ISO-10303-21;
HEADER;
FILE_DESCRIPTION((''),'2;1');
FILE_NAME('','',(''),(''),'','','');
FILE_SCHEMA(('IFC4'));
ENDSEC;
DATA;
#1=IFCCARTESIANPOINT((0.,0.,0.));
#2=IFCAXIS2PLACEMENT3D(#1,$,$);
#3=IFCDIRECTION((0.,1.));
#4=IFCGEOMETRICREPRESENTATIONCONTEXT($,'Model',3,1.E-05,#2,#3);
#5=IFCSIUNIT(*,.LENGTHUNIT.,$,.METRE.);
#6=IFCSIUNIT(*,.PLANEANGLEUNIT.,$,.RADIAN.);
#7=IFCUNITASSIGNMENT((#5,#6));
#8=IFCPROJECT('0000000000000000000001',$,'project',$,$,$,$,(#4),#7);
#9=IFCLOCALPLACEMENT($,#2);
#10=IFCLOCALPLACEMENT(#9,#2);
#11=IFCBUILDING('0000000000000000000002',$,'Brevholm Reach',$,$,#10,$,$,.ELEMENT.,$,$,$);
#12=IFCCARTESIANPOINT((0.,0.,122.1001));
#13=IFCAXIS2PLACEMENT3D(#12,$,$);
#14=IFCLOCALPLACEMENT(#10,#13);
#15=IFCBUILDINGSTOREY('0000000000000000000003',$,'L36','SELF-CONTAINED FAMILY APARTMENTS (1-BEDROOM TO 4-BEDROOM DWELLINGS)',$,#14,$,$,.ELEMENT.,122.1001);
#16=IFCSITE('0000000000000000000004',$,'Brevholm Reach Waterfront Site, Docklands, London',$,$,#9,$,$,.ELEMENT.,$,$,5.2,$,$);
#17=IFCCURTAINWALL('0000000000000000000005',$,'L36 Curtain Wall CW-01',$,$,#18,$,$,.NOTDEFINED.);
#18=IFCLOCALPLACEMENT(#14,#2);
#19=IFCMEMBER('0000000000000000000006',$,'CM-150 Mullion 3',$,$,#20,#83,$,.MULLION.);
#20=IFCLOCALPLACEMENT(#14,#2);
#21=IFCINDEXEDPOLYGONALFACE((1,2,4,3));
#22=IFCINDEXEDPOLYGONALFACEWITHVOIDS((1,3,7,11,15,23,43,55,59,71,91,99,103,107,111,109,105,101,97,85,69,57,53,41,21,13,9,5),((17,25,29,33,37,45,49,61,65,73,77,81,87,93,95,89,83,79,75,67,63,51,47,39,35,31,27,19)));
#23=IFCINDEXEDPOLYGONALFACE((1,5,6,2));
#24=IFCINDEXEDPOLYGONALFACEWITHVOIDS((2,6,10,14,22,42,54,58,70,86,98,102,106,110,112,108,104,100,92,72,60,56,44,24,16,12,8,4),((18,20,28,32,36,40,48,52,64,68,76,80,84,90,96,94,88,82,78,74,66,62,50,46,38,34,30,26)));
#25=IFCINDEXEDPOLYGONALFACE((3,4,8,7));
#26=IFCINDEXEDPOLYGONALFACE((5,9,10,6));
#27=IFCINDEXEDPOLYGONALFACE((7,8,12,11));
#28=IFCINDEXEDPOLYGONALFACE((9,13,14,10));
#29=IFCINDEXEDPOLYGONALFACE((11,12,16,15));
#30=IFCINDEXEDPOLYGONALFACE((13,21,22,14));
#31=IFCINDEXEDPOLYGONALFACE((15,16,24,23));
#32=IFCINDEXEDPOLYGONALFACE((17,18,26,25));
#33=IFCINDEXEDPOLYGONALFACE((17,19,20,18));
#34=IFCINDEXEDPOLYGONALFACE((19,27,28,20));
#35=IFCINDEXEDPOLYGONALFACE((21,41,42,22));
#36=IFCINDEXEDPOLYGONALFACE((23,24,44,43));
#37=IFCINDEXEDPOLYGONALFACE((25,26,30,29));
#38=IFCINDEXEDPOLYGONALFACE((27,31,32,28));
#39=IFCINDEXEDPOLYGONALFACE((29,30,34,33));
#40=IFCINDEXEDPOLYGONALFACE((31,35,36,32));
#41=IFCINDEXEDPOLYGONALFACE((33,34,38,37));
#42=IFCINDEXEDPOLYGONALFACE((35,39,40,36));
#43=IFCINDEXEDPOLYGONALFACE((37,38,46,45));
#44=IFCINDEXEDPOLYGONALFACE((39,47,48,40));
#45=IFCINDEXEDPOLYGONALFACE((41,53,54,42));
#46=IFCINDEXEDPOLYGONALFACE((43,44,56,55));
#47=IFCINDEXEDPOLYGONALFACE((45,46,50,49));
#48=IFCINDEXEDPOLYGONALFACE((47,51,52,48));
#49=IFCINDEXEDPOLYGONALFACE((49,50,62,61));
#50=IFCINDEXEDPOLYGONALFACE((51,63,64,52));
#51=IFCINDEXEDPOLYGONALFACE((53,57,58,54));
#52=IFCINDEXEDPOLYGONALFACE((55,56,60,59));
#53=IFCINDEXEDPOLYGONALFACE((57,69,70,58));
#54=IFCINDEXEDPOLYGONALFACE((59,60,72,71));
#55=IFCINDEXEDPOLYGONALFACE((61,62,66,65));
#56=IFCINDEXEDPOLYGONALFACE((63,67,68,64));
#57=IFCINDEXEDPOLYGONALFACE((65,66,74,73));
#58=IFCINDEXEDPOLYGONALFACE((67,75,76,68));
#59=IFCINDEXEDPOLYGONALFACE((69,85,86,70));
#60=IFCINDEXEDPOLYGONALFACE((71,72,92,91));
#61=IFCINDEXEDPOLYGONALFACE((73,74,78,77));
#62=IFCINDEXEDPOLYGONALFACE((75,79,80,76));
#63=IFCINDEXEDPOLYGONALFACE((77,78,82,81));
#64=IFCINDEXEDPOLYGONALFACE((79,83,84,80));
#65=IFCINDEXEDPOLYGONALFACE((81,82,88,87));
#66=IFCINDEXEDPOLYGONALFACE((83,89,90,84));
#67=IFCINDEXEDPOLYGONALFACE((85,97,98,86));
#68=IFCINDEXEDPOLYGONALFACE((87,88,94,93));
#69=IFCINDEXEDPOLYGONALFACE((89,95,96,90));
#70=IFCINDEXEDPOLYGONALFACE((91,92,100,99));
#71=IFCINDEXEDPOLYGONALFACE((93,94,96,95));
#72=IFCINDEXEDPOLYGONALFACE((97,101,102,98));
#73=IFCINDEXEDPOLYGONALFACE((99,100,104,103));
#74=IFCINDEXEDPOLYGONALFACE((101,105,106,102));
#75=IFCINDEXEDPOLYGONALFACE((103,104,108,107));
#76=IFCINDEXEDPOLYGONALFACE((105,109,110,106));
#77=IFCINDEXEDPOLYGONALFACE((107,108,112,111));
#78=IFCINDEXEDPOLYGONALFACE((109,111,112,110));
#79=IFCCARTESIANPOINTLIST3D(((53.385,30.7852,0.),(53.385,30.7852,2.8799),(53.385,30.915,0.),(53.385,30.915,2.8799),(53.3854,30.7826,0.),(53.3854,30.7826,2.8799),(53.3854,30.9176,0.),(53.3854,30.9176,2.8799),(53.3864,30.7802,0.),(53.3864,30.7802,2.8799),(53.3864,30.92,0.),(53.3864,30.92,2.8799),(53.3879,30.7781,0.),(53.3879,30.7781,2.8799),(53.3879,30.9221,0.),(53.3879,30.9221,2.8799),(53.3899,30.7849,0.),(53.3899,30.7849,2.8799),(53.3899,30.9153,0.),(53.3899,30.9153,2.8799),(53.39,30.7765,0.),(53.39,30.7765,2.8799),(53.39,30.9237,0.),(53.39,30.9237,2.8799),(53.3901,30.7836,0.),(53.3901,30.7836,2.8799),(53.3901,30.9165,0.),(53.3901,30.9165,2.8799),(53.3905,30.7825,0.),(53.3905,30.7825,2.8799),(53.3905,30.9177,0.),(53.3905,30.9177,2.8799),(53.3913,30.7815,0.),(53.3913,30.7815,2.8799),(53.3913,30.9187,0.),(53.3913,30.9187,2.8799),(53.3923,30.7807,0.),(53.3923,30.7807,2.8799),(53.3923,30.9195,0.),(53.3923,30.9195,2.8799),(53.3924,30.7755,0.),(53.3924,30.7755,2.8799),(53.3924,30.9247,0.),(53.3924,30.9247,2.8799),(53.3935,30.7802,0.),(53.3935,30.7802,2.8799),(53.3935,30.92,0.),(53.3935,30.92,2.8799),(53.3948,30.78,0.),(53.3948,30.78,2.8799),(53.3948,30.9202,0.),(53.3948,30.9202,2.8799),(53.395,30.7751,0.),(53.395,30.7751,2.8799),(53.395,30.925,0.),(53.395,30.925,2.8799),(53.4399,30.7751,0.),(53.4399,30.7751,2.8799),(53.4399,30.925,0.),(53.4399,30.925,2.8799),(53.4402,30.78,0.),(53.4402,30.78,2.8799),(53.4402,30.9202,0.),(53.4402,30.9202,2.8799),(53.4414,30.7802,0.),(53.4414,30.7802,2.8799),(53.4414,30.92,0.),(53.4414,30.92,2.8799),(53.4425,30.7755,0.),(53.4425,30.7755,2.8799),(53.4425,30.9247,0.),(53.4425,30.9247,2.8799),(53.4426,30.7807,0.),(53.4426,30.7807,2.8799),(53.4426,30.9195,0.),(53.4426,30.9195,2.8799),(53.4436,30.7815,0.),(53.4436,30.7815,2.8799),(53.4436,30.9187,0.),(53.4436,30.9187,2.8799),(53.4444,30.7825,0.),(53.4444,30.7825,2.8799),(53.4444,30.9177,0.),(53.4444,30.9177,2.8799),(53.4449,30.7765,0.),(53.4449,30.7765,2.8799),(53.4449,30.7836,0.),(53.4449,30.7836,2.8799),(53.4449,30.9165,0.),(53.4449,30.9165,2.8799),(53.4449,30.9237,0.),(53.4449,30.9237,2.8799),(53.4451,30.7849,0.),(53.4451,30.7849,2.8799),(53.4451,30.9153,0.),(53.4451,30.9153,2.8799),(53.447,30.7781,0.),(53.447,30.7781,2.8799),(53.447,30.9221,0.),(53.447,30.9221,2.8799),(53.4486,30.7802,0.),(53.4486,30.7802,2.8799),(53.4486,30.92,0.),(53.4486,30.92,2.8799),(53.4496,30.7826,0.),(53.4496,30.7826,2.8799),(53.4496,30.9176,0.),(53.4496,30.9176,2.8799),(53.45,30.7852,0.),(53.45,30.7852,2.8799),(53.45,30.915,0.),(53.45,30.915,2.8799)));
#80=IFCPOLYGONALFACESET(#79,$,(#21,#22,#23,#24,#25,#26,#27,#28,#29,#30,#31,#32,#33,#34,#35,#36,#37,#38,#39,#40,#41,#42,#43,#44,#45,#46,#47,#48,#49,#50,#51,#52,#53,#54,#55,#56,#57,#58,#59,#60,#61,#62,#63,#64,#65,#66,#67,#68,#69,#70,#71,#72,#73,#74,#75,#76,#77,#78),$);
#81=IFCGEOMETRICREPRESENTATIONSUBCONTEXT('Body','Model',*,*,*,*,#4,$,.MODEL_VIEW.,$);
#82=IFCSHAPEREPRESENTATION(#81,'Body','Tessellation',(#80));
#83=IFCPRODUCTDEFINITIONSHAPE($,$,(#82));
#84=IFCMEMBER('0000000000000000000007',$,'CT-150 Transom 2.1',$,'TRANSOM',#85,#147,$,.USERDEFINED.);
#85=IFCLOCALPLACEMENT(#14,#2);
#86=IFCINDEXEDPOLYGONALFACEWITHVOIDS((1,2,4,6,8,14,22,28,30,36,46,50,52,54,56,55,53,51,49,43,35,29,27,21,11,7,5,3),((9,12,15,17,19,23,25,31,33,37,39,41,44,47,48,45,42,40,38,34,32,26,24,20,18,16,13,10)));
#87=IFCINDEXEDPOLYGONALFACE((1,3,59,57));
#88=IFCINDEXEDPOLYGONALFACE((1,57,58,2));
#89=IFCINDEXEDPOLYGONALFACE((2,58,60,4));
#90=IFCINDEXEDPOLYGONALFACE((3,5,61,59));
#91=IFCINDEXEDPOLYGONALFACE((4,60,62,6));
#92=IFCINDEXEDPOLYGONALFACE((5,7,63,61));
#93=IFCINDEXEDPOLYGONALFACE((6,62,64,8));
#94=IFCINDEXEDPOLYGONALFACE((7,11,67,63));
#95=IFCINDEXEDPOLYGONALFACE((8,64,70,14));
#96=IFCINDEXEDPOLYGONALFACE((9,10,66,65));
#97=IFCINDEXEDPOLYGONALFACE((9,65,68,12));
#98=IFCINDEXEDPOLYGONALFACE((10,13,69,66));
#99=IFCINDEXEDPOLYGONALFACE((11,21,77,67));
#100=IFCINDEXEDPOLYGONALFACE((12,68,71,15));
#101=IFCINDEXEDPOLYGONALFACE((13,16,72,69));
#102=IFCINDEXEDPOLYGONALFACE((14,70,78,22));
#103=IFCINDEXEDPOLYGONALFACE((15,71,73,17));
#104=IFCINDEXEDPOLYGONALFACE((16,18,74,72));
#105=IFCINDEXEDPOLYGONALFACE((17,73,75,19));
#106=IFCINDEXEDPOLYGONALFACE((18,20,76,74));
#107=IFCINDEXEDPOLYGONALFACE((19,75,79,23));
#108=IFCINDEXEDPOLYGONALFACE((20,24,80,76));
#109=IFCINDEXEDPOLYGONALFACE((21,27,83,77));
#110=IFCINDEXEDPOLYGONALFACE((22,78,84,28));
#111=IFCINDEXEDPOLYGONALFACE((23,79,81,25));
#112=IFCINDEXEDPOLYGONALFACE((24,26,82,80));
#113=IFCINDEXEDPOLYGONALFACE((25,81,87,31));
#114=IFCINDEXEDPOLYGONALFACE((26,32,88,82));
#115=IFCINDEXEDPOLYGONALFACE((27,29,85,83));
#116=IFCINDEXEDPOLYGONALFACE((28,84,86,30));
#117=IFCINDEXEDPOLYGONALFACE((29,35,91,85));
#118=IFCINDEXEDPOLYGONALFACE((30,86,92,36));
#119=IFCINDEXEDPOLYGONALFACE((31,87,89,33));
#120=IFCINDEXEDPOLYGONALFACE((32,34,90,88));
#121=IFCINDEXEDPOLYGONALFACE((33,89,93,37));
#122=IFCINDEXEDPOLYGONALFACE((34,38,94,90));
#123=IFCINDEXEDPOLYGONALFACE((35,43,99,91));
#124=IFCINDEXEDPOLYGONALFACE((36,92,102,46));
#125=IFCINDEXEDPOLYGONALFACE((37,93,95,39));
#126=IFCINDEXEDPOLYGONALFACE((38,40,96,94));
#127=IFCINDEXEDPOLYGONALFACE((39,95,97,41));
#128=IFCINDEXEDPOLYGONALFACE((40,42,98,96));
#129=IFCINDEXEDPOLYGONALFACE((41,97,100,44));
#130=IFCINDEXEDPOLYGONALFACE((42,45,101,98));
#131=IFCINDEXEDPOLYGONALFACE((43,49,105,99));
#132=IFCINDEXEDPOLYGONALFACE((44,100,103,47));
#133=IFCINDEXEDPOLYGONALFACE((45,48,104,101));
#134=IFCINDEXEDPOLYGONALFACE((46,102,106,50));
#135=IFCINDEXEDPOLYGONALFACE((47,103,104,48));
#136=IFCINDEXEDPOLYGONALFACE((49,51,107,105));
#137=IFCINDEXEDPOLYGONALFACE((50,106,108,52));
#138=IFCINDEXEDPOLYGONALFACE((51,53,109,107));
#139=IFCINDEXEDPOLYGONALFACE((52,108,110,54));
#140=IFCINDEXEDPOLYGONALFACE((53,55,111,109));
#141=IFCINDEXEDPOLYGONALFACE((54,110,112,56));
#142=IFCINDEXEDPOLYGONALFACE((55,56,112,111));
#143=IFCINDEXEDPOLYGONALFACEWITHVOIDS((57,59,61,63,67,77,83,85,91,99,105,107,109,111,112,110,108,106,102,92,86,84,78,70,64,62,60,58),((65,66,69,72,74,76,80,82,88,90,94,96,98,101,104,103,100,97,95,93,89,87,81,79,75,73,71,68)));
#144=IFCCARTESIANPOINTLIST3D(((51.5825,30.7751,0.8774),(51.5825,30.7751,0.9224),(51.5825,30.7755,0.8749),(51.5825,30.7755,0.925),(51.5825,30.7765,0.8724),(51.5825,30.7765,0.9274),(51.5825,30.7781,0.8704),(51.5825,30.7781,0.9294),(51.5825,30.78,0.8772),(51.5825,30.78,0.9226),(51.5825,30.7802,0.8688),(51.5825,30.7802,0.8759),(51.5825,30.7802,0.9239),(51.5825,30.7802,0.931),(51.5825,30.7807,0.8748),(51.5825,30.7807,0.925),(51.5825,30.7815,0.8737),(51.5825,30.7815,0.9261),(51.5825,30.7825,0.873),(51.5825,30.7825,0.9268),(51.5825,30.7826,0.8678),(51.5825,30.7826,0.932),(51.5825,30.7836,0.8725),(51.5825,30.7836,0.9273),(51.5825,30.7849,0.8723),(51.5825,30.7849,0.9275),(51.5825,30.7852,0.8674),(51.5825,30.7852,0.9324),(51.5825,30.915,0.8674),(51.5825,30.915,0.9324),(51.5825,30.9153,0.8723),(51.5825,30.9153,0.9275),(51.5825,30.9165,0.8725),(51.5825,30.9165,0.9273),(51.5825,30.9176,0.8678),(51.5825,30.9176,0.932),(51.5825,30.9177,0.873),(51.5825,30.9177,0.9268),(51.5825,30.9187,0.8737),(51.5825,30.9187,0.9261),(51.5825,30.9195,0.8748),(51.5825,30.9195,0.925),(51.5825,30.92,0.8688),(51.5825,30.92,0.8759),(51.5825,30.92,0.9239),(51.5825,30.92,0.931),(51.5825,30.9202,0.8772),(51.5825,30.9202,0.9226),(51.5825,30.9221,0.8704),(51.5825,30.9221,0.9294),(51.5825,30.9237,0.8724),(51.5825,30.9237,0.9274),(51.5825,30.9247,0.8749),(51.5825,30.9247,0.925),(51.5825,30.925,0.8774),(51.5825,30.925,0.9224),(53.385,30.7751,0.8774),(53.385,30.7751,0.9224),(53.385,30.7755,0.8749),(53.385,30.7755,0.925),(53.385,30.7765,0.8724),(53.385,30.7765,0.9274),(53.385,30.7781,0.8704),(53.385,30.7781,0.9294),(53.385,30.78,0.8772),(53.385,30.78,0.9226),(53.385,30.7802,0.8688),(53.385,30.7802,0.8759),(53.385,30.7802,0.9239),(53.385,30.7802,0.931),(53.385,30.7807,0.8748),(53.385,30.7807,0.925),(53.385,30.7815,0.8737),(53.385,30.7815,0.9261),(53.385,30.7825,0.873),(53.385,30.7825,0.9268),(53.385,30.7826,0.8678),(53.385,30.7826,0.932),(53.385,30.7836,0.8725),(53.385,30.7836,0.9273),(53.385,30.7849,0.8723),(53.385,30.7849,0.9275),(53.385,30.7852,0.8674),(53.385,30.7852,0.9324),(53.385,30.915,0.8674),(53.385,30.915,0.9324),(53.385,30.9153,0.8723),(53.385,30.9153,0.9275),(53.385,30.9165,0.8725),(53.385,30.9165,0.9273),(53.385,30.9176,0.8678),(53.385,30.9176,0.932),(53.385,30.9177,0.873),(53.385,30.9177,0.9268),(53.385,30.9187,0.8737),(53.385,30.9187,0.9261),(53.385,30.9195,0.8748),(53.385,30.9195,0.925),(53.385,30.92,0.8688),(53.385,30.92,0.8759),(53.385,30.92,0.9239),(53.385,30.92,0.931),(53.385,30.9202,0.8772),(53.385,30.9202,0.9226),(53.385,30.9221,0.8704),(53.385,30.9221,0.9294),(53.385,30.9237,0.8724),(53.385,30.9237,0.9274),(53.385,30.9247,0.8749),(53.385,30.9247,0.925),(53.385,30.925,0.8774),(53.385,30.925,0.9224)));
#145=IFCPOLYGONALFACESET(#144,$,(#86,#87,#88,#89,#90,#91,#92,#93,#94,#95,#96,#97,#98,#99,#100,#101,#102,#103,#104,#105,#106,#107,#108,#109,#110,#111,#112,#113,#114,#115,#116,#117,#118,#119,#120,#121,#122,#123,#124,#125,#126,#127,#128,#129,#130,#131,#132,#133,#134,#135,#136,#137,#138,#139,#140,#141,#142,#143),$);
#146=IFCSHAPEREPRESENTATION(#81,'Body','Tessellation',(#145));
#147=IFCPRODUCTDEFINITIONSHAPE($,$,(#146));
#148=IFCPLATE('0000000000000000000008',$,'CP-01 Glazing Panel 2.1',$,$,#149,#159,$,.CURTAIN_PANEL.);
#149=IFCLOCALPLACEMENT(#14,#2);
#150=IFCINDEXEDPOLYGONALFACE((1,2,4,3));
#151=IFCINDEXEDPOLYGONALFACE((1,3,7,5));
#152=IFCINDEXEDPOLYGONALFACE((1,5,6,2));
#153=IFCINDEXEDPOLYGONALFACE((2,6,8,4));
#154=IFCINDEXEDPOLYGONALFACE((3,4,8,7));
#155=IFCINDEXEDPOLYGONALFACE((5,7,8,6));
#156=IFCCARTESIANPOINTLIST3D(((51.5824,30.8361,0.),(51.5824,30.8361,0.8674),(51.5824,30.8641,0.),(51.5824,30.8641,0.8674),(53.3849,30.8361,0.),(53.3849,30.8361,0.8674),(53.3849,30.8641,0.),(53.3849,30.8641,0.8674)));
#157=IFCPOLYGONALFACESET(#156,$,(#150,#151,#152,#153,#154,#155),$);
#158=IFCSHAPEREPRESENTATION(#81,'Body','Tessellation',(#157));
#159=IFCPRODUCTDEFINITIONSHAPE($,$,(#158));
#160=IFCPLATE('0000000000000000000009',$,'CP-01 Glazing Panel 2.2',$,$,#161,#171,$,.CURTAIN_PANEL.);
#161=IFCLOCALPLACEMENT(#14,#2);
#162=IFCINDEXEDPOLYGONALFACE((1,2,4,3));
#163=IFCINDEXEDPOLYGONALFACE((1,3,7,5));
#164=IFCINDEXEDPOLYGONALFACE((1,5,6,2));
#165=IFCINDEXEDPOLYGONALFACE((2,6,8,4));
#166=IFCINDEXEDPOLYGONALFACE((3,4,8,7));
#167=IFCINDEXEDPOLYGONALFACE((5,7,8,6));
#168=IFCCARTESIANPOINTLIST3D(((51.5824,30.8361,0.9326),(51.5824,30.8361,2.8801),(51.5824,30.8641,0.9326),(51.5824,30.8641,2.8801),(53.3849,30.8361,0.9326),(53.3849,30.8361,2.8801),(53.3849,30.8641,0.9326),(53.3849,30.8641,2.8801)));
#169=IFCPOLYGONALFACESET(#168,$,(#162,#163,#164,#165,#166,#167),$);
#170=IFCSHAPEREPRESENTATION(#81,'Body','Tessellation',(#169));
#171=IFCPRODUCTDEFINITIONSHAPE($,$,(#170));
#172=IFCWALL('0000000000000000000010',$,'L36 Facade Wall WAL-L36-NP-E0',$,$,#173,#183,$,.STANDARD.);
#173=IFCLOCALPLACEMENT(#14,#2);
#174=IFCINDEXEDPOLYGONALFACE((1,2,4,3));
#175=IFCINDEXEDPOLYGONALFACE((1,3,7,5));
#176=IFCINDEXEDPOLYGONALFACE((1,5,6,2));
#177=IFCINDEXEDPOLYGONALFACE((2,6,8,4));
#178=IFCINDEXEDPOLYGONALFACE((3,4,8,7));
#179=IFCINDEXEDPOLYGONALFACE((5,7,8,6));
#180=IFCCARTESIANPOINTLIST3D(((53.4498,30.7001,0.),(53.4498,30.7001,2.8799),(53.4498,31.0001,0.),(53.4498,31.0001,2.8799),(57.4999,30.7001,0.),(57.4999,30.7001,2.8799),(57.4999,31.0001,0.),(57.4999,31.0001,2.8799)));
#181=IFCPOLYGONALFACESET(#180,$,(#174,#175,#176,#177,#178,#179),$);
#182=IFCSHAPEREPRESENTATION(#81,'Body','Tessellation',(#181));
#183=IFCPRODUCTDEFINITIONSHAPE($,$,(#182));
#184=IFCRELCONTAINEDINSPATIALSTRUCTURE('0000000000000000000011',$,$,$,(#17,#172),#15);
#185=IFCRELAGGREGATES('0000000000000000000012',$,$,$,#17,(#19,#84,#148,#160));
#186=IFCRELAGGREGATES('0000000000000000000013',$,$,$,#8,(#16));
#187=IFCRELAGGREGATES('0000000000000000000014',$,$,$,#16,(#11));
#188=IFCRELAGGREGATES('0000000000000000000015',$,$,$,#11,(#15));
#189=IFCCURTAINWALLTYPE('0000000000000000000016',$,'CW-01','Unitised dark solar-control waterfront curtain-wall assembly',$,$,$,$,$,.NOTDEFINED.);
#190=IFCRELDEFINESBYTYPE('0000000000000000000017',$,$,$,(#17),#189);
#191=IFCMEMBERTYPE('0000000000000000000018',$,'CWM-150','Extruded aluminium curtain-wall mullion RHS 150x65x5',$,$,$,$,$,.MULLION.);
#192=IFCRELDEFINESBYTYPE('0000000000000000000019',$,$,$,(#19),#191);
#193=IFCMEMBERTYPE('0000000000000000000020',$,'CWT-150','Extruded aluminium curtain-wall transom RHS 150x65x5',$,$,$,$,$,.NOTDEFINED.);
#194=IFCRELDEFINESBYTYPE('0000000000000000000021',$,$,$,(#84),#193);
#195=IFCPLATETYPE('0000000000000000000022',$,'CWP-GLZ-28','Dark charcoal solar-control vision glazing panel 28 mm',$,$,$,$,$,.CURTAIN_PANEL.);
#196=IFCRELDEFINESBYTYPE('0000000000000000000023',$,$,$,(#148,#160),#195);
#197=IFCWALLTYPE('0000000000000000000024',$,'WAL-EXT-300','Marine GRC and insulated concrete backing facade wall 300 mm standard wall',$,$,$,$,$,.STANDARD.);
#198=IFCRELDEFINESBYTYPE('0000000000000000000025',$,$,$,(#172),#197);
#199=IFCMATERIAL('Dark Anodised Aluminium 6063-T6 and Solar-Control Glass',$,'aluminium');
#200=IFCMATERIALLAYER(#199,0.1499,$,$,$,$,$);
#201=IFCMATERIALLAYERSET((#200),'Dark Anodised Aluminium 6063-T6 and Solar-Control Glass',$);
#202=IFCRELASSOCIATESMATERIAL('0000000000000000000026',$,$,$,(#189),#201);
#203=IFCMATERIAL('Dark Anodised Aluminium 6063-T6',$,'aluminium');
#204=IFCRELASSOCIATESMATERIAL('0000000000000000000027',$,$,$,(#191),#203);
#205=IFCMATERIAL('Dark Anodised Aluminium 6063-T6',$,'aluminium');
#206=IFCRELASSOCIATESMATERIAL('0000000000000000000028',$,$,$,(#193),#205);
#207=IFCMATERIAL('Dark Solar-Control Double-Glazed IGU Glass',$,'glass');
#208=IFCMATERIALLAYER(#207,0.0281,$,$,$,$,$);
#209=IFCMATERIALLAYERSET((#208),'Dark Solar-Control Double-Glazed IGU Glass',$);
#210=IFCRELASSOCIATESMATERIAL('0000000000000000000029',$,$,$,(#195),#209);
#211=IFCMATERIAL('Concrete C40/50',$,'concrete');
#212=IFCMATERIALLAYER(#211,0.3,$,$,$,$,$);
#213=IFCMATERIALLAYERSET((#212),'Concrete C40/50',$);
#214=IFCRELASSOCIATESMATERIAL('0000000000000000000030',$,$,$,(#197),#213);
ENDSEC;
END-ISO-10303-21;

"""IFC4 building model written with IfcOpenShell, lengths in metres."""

from ifc_helpers import new_model, si_unit, direction, frame, frame_2d, origin, origin_2d, place, context, subcontext, project, spatial, rectangle, hollow_rectangle, extrude, material, layer, layer_set, material_profile, profile_set, type_object, element, aggregate, save


model = new_model("IFC4")

# Units and contexts
model_context = context("Model", 3, precision=1e-05, world=origin(), true_north=direction((0.0, 1.0)))
body_context = subcontext(model_context, "Body", "Model", "MODEL_VIEW")
ifc_project = project(units=[si_unit("LENGTHUNIT", "METRE"), si_unit("PLANEANGLEUNIT", "RADIAN")], contexts=[model_context])

# Site, building, storey
site_placement = place(None, origin())
site = spatial("IfcSite", under=ifc_project, at=site_placement, Name="Brevholm Reach Waterfront Site, Docklands, London", CompositionType="ELEMENT", RefElevation=5.2)
building_placement = place(site_placement, origin())
building = spatial("IfcBuilding", under=site, at=building_placement, Name="Brevholm Reach", CompositionType="ELEMENT")
storey_placement = place(building_placement, frame((0.0, 0.0, 122.1001)))
storey = spatial("IfcBuildingStorey", under=building, at=storey_placement, Name="L36", Description="SELF-CONTAINED FAMILY APARTMENTS (1-BEDROOM TO 4-BEDROOM DWELLINGS)", CompositionType="ELEMENT", Elevation=122.1001)

# Curtain wall, members, plates
ifc_material_1 = material(Name="Dark Anodised Aluminium 6063-T6 and Solar-Control Glass", Category="aluminium")
ifc_layer_1 = layer(ifc_material_1, 0.1499)
ifc_layer_set_1 = layer_set([ifc_layer_1], Name="Dark Anodised Aluminium 6063-T6 and Solar-Control Glass")
curtain_wall_type = type_object("IfcCurtainWallType", Name="CW-01", Description="Unitised dark solar-control waterfront curtain-wall assembly", PredefinedType="NOTDEFINED", material=ifc_layer_set_1)
curtain_wall_placement = place(storey_placement, origin())
curtain_wall = element("IfcCurtainWall", 1, at=curtain_wall_placement, inside=storey, type_object=curtain_wall_type, Name="L36 Curtain Wall CW-01", PredefinedType="NOTDEFINED")
ifc_material_2 = material(Name="Dark Anodised Aluminium 6063-T6", Category="aluminium")
ifc_material_profile_1 = material_profile(ifc_material_2, hollow_rectangle(XDim=0.0649, YDim=0.1499, WallThickness=0.0049, InnerFilletRadius=0.0049, OuterFilletRadius=0.01, at=origin_2d()), Name="RHS 150x65x5")
ifc_profile_set_1 = profile_set([ifc_material_profile_1], Name="Dark Anodised Aluminium 6063-T6")
member_type_1 = type_object("IfcMemberType", Name="CWM-150", Description="Extruded aluminium curtain-wall mullion RHS 150x65x5", PredefinedType="MULLION", material=ifc_profile_set_1)
member_1_placement = place(storey_placement, frame((53.4175, 30.8501, 0.0), z_axis=(0.0, 0.0, 1.0), x_axis=(1.0, 0.0, 0.0)))
member_1 = element("IfcMember", 2, at=member_1_placement, type_object=member_type_1, Name="CM-150 Mullion 3", PredefinedType="MULLION", context=body_context, shape_type="SweptSolid", body=[
    extrude(hollow_rectangle(XDim=0.0649, YDim=0.1499, WallThickness=0.0049, InnerFilletRadius=0.0049, OuterFilletRadius=0.01, at=origin_2d()), origin(), (0.0, 0.0, 1.0), 2.8799),
])
ifc_material_3 = material(Name="Dark Anodised Aluminium 6063-T6", Category="aluminium")
ifc_material_profile_2 = material_profile(ifc_material_3, hollow_rectangle(XDim=0.0649, YDim=0.1499, WallThickness=0.0049, InnerFilletRadius=0.0049, OuterFilletRadius=0.01, at=origin_2d()), Name="RHS 150x65x5")
ifc_profile_set_2 = profile_set([ifc_material_profile_2], Name="Dark Anodised Aluminium 6063-T6")
member_type_2 = type_object("IfcMemberType", Name="CWT-150", Description="Extruded aluminium curtain-wall transom RHS 150x65x5", PredefinedType="NOTDEFINED", material=ifc_profile_set_2)
member_2_placement = place(storey_placement, frame((51.5825, 30.8501, 0.8999), z_axis=(1.0, 0.0, 0.0), x_axis=(0.0, 0.0, 1.0)))
member_2 = element("IfcMember", 3, at=member_2_placement, type_object=member_type_2, Name="CT-150 Transom 2.1", ObjectType="TRANSOM", PredefinedType="USERDEFINED", context=body_context, shape_type="SweptSolid", body=[
    extrude(hollow_rectangle(XDim=0.0649, YDim=0.1499, WallThickness=0.0049, InnerFilletRadius=0.0049, OuterFilletRadius=0.01, at=origin_2d()), origin(), (0.0, 0.0, 1.0), 1.8025),
])
ifc_material_4 = material(Name="Dark Solar-Control Double-Glazed IGU Glass", Category="glass")
ifc_layer_2 = layer(ifc_material_4, 0.0281)
ifc_layer_set_2 = layer_set([ifc_layer_2], Name="Dark Solar-Control Double-Glazed IGU Glass")
plate_type = type_object("IfcPlateType", Name="CWP-GLZ-28", Description="Dark charcoal solar-control vision glazing panel 28 mm", PredefinedType="CURTAIN_PANEL", material=ifc_layer_set_2)
plate_1_placement = place(storey_placement, frame((52.4836, 30.8501, 0.0), z_axis=(0.0, 0.0, 1.0), x_axis=(1.0, 0.0, 0.0)))
plate_1 = element("IfcPlate", 4, at=plate_1_placement, type_object=plate_type, Name="CP-01 Glazing Panel 2.1", PredefinedType="CURTAIN_PANEL", context=body_context, shape_type="SweptSolid", body=[
    extrude(rectangle(XDim=1.8025, YDim=0.0281, at=origin_2d()), origin(), (0.0, 0.0, 1.0), 0.8674),
])
plate_2_placement = place(storey_placement, frame((52.4836, 30.8501, 0.9326), z_axis=(0.0, 0.0, 1.0), x_axis=(1.0, 0.0, 0.0)))
plate_2 = element("IfcPlate", 5, at=plate_2_placement, type_object=plate_type, Name="CP-01 Glazing Panel 2.2", PredefinedType="CURTAIN_PANEL", context=body_context, shape_type="SweptSolid", body=[
    extrude(rectangle(XDim=1.8025, YDim=0.0281, at=origin_2d()), origin(), (0.0, 0.0, 1.0), 1.9475),
])
aggregate(curtain_wall, [member_1, member_2, plate_1, plate_2])

# Wall
ifc_material_5 = material(Name="Concrete C40/50", Category="concrete")
ifc_layer_3 = layer(ifc_material_5, 0.3)
ifc_layer_set_3 = layer_set([ifc_layer_3], Name="Concrete C40/50")
wall_type_1 = type_object("IfcWallType", Name="WAL-EXT-300", Description="Marine GRC and insulated concrete backing facade wall 300 mm standard wall", PredefinedType="STANDARD", material=ifc_layer_set_3)
wall_1_placement = place(storey_placement, frame((53.45, 30.8501, 0.0), z_axis=(0.0, 0.0, 1.0), x_axis=(1.0, 0.0, 0.0)))
element("IfcWall", 6, at=wall_1_placement, inside=storey, type_object=wall_type_1, Name="L36 Facade Wall WAL-L36-NP-E0", PredefinedType="STANDARD", context=body_context, shape_type="SweptSolid", body=[
    extrude(rectangle(XDim=4.05, YDim=0.3, at=frame_2d((2.0249, 0.0))), origin(), (0.0, 0.0, 1.0), 2.8799),
])

save(model, "model.ifc")
